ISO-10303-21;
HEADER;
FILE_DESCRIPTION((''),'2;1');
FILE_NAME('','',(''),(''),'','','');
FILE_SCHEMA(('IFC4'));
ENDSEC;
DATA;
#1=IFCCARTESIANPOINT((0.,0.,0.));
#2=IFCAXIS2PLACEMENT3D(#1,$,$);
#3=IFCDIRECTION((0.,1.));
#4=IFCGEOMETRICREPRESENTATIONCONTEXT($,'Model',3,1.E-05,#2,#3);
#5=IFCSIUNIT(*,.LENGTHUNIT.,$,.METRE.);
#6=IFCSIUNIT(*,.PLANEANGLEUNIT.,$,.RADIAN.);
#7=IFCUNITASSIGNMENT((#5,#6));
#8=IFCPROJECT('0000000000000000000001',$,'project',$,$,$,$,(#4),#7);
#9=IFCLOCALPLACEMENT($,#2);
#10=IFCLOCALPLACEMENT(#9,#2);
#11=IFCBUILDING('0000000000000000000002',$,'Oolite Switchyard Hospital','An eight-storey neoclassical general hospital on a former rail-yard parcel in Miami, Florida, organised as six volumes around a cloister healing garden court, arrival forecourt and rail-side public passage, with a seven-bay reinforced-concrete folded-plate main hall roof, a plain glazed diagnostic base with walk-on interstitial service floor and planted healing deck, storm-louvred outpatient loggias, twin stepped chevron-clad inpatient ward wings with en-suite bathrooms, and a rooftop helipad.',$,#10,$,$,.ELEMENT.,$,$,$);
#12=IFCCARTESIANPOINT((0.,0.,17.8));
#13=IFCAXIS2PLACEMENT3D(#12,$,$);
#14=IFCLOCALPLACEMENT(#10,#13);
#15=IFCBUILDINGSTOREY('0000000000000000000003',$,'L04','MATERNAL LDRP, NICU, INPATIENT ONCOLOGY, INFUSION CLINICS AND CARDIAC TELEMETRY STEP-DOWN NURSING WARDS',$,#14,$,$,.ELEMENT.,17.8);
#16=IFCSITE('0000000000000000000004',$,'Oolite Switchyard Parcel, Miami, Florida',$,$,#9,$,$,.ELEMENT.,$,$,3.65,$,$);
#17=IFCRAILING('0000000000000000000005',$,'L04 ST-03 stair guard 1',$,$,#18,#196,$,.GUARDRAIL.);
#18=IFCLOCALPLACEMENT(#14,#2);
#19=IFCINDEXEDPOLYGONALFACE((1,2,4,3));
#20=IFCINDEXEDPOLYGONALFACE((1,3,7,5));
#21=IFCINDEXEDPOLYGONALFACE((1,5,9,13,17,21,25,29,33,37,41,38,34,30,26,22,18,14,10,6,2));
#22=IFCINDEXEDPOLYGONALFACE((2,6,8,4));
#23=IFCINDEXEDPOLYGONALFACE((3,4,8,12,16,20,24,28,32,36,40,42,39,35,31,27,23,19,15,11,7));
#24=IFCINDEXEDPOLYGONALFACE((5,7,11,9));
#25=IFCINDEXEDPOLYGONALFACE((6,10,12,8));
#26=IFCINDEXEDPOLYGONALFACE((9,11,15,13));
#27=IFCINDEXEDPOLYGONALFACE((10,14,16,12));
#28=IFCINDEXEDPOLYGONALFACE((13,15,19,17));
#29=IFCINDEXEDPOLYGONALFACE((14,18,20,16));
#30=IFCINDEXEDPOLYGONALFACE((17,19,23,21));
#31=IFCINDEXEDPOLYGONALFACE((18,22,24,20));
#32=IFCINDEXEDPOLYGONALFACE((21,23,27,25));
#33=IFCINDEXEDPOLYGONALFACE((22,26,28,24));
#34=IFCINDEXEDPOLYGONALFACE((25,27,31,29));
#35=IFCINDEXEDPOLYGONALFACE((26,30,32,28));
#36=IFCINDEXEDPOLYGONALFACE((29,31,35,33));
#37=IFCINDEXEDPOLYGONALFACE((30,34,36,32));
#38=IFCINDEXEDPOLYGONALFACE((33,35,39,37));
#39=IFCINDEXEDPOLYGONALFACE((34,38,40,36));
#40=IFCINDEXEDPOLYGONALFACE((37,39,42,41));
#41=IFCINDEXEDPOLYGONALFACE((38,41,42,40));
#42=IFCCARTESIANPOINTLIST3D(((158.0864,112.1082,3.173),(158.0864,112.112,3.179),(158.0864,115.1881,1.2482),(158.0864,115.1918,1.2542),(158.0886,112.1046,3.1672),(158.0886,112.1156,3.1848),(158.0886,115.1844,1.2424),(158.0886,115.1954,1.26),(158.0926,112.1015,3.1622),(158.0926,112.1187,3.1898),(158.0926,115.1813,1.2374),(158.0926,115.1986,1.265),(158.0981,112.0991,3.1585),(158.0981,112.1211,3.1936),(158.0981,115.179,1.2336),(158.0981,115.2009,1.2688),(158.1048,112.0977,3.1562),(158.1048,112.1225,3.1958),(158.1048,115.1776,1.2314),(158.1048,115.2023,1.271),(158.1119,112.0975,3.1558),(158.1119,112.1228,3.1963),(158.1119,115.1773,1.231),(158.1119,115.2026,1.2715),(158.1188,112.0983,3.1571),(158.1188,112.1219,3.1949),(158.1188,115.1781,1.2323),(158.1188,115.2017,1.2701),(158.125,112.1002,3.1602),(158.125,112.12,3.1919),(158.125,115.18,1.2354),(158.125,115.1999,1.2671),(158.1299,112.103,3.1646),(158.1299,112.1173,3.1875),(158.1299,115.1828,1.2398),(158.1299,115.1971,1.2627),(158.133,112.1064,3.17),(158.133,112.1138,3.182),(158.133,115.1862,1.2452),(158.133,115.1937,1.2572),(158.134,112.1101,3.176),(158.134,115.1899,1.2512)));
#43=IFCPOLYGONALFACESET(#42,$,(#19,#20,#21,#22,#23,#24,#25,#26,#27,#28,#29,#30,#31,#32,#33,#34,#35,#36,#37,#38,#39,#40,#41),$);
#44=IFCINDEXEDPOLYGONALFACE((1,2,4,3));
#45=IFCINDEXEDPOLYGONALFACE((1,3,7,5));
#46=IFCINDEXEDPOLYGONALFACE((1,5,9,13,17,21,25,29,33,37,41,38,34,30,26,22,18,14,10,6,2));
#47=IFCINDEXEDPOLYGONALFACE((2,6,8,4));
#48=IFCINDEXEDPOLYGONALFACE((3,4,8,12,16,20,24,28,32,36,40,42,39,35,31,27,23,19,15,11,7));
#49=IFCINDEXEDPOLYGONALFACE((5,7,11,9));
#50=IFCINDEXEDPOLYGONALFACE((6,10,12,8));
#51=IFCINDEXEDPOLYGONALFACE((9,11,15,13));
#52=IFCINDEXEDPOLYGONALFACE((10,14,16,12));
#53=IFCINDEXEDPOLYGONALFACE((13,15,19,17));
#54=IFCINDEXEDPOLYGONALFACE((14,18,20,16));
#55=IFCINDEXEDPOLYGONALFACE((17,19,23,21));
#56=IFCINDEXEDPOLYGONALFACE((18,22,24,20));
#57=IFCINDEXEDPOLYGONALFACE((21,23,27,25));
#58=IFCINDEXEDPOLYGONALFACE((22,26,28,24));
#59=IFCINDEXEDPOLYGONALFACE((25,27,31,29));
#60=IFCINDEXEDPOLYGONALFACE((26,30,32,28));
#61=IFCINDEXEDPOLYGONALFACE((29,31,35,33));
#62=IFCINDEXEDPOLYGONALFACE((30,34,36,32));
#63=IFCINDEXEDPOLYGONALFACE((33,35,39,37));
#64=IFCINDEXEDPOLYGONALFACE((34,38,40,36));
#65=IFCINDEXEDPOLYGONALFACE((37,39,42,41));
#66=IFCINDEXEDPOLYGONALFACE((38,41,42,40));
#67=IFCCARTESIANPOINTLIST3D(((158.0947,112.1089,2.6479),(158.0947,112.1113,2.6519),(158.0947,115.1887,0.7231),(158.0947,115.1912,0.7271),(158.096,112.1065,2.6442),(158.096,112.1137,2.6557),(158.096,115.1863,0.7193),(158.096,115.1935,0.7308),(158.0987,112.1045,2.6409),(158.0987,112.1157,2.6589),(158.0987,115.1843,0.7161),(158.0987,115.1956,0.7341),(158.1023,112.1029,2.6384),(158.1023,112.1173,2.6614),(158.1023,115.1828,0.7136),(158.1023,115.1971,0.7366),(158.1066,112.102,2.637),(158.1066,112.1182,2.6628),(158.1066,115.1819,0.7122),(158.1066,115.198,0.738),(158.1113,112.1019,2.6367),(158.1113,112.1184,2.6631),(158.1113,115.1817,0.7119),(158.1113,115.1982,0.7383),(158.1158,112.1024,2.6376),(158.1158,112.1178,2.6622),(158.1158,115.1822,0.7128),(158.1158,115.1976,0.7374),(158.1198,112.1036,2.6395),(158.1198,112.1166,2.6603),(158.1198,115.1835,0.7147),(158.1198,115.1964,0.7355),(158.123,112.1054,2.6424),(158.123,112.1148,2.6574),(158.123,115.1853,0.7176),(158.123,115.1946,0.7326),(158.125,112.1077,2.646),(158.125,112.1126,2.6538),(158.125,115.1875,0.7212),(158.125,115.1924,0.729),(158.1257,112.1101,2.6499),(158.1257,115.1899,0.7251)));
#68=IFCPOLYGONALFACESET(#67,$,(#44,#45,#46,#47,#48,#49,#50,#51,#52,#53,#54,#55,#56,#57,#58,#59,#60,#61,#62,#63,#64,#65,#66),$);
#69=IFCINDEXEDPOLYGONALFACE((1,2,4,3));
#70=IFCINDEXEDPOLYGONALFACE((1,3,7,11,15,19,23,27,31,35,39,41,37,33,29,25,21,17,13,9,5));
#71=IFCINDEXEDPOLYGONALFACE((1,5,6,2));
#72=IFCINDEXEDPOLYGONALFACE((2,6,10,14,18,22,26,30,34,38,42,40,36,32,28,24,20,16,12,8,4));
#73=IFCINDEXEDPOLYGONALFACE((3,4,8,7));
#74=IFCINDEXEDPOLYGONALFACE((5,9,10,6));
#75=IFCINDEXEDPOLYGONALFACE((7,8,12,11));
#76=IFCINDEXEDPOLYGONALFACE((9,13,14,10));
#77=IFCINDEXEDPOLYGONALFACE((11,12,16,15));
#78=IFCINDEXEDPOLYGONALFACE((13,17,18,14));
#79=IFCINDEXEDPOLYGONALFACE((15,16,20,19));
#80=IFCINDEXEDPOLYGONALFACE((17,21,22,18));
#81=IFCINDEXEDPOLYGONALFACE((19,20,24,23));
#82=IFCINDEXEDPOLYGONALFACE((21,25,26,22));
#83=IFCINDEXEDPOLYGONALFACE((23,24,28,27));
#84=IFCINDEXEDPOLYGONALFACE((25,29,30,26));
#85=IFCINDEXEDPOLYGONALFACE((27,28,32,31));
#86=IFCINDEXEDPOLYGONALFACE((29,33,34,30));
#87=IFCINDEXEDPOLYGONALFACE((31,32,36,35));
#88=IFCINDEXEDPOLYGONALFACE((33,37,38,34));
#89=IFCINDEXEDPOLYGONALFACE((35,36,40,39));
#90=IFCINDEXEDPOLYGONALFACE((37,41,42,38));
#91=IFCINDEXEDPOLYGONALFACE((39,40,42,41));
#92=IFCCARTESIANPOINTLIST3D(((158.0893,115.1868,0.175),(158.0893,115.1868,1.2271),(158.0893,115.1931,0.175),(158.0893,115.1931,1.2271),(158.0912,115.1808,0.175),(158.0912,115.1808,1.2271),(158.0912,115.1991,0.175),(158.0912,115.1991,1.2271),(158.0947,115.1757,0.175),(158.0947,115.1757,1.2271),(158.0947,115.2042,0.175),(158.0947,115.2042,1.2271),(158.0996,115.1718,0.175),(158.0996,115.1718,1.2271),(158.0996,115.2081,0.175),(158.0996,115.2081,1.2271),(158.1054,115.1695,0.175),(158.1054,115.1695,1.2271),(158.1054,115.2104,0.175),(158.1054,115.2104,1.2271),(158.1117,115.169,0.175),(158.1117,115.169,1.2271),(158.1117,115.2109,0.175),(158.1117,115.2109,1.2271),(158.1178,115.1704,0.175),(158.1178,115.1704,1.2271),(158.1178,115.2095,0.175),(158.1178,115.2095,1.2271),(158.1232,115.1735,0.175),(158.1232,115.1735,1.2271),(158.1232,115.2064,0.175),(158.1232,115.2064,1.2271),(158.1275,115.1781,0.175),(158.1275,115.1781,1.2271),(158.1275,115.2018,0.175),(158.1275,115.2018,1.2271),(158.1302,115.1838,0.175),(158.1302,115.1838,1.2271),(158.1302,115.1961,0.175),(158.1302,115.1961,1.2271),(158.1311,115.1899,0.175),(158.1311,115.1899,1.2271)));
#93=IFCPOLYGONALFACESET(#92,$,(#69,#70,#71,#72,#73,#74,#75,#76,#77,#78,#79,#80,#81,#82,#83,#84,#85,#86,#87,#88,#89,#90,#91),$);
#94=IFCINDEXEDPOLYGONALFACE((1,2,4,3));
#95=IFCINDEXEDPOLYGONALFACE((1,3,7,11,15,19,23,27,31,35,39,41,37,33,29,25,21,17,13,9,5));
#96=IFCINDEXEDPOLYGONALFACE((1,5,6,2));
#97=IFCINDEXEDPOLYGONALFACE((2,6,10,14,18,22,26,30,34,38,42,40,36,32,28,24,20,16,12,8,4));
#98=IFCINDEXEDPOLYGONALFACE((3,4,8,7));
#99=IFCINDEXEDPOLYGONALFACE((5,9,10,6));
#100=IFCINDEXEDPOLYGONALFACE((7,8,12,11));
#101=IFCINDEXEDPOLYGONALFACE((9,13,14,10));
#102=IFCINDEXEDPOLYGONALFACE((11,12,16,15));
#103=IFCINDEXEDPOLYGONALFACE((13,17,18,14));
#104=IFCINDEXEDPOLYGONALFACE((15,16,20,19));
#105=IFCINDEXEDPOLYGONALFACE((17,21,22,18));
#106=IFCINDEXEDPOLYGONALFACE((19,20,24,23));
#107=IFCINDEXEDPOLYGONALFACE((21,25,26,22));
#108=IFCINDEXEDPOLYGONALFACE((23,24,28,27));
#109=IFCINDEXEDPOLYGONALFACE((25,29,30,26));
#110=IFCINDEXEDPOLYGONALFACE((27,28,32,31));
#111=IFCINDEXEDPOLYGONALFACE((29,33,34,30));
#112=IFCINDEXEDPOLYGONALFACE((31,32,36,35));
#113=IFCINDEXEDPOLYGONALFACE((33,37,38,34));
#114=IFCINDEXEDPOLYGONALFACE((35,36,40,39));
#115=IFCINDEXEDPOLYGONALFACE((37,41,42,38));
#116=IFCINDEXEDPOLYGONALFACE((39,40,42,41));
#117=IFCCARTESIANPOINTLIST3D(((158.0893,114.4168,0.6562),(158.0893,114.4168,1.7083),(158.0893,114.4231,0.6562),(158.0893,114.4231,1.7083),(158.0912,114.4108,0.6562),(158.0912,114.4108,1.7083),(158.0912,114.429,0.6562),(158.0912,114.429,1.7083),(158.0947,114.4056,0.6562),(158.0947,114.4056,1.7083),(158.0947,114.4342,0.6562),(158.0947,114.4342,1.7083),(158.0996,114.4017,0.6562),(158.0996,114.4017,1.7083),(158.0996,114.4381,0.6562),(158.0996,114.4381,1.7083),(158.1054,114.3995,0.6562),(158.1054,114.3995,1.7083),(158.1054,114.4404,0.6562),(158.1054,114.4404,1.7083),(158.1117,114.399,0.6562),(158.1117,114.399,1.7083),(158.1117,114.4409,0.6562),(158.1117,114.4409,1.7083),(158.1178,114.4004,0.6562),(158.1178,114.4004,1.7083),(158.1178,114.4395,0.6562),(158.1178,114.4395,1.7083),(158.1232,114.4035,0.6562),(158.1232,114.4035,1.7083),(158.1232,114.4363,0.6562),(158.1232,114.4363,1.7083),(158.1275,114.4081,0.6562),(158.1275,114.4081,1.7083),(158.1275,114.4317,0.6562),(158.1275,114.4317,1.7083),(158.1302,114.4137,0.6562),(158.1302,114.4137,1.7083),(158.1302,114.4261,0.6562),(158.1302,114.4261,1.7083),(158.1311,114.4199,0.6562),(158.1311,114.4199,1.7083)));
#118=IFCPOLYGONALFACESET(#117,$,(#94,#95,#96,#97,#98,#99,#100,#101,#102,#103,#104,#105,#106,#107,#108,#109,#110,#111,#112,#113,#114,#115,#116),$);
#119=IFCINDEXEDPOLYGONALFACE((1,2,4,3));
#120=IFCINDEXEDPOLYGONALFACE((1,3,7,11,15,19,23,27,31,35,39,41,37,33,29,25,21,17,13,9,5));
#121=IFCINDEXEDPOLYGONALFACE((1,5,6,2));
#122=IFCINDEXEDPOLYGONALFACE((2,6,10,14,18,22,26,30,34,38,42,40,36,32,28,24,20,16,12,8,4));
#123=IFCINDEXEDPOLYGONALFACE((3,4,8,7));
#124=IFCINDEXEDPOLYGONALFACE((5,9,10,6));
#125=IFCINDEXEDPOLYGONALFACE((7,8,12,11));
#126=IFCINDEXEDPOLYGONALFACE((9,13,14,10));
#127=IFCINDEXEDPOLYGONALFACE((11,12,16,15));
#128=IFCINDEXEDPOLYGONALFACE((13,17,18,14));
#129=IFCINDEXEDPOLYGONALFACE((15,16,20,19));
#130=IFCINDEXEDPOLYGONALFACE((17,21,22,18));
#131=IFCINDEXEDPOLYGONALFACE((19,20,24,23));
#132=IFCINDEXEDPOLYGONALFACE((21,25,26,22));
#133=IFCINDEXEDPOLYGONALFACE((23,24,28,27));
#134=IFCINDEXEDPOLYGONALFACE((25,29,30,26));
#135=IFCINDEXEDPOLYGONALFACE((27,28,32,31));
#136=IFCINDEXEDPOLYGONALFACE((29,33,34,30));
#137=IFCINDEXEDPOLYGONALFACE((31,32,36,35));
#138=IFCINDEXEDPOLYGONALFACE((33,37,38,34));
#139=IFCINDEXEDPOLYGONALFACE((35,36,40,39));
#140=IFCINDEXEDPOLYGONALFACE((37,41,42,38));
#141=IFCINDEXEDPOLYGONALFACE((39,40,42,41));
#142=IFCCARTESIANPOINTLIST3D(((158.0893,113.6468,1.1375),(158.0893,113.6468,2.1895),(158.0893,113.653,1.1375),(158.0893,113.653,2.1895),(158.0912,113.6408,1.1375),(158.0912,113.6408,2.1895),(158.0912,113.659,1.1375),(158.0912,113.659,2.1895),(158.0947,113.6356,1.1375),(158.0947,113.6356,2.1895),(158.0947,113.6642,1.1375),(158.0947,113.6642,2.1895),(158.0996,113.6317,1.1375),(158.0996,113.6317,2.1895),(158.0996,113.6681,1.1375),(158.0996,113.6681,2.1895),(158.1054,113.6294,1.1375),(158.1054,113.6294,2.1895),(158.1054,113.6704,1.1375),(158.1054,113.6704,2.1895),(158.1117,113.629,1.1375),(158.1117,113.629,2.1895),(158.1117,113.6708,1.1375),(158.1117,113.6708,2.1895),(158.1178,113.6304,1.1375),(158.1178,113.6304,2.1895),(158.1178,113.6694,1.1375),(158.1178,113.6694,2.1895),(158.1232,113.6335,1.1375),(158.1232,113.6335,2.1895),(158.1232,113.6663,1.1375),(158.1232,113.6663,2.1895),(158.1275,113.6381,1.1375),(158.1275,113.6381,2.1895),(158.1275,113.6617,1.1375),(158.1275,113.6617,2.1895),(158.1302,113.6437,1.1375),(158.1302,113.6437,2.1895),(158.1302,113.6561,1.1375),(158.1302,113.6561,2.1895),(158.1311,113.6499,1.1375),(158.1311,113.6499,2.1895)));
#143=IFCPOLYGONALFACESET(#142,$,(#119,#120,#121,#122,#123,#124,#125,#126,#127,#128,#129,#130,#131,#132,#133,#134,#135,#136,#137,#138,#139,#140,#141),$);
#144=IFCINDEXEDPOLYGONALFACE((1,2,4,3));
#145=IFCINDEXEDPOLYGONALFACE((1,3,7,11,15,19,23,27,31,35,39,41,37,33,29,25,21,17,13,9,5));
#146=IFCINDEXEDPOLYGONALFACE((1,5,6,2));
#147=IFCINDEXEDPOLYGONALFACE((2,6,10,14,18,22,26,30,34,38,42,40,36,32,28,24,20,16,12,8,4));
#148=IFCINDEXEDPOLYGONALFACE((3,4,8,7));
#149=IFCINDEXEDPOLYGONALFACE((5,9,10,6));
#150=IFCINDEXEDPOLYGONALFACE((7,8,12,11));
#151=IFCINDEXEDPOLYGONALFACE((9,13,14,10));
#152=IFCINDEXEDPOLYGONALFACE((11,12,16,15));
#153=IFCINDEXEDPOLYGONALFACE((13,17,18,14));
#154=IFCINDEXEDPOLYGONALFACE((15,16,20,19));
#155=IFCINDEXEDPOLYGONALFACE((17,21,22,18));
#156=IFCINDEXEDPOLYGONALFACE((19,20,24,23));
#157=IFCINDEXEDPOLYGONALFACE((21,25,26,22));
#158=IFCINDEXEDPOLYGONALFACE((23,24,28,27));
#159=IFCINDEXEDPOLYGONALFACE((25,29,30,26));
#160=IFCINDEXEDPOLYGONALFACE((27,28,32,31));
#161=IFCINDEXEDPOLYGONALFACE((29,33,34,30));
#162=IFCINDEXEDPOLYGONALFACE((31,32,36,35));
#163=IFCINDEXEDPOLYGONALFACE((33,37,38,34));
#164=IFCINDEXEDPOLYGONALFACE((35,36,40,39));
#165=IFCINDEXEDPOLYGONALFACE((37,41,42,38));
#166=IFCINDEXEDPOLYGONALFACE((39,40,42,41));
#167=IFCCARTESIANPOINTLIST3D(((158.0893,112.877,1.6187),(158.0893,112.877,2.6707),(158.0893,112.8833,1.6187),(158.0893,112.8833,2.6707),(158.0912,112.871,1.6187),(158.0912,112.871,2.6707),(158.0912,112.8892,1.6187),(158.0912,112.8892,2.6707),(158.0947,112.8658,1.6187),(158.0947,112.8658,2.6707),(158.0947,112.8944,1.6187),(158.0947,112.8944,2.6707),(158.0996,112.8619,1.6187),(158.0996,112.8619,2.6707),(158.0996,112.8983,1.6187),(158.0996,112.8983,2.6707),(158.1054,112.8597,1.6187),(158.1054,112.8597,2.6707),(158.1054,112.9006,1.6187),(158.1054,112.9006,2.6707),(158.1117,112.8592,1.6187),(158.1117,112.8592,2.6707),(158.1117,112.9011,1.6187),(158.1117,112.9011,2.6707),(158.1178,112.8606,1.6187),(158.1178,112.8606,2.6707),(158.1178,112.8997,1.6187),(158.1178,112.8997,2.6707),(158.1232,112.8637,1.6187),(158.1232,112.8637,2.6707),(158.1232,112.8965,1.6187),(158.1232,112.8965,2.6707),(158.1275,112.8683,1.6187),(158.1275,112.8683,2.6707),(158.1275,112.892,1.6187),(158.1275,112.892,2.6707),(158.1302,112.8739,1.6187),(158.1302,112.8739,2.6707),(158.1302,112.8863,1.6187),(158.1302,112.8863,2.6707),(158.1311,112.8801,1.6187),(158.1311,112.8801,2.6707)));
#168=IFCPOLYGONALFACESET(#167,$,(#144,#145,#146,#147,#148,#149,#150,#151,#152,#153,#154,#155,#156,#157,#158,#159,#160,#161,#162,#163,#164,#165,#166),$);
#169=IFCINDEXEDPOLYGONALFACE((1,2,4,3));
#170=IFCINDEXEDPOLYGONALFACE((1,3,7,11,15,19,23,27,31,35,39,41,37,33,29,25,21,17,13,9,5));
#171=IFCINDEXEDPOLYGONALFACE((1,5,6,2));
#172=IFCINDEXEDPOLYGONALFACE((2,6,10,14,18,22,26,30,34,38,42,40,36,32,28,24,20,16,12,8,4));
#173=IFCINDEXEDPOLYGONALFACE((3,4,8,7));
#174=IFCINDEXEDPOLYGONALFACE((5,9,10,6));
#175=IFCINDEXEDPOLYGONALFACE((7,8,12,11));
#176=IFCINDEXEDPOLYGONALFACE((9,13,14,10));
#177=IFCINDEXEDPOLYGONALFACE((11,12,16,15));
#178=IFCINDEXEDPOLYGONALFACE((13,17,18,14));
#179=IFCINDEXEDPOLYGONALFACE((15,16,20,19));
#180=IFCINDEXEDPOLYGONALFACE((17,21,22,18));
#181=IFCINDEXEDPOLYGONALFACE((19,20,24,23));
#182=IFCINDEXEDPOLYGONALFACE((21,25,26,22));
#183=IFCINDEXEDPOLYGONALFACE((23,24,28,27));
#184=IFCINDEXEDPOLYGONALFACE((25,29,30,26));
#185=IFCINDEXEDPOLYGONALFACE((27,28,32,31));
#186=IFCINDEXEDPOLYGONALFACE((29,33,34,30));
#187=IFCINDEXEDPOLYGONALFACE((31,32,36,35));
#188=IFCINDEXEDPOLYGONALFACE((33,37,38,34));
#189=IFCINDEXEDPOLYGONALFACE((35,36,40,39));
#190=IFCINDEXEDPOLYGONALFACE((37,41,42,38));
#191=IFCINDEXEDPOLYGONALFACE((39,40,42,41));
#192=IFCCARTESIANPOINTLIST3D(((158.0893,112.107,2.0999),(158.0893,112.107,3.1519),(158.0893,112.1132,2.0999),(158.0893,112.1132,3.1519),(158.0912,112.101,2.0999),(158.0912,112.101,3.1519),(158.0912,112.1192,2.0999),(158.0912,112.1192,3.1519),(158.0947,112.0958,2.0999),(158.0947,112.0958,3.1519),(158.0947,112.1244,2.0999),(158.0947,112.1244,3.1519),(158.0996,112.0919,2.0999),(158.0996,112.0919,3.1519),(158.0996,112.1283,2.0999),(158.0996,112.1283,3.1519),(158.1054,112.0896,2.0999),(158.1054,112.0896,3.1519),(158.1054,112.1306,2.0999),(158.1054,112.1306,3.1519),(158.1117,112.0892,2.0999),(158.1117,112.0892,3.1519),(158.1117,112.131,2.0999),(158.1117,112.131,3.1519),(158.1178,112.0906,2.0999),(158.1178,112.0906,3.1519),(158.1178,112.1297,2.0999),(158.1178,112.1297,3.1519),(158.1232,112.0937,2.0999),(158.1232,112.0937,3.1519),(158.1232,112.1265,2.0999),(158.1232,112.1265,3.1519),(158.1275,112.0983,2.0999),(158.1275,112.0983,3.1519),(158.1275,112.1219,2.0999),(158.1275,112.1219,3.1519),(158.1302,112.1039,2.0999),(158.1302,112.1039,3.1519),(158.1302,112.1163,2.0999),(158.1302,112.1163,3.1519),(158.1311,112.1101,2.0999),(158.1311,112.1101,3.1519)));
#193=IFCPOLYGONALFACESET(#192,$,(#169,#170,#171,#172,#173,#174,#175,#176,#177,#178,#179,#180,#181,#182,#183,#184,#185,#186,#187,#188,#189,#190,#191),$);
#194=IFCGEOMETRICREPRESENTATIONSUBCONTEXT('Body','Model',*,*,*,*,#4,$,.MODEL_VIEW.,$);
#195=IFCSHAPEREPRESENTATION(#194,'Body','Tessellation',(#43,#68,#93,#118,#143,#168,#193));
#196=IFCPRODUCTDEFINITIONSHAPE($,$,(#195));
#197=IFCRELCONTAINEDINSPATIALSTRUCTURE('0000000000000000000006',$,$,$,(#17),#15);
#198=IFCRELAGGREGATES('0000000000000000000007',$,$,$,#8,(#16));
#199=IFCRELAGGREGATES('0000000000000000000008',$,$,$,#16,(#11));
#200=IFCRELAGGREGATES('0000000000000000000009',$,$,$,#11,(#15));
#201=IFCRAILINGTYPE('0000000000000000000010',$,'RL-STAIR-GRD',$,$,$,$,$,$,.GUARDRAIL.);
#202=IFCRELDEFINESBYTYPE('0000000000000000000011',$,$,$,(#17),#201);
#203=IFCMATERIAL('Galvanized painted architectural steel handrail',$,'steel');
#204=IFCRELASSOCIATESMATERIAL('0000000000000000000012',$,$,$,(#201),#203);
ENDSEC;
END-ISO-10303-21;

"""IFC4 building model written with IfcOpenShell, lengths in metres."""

from ifc_helpers import new_model, si_unit, direction, frame, origin, origin_2d, place, context, subcontext, project, spatial, circle, extrude, material, type_object, element, save


model = new_model("IFC4")

# Units and contexts
model_context = context("Model", 3, precision=1e-05, world=origin(), true_north=direction((0.0, 1.0)))
body_context = subcontext(model_context, "Body", "Model", "MODEL_VIEW")
ifc_project = project(units=[si_unit("LENGTHUNIT", "METRE"), si_unit("PLANEANGLEUNIT", "RADIAN")], contexts=[model_context])

# Site, building, storey
site_placement = place(None, origin())
site = spatial("IfcSite", under=ifc_project, at=site_placement, Name="Oolite Switchyard Parcel, Miami, Florida", CompositionType="ELEMENT", RefElevation=3.65)
building_placement = place(site_placement, origin())
building = spatial("IfcBuilding", under=site, at=building_placement, Name="Oolite Switchyard Hospital", Description="An eight-storey neoclassical general hospital on a former rail-yard parcel in Miami, Florida, organised as six volumes around a cloister healing garden court, arrival forecourt and rail-side public passage, with a seven-bay reinforced-concrete folded-plate main hall roof, a plain glazed diagnostic base with walk-on interstitial service floor and planted healing deck, storm-louvred outpatient loggias, twin stepped chevron-clad inpatient ward wings with en-suite bathrooms, and a rooftop helipad.", CompositionType="ELEMENT")
storey_placement = place(building_placement, frame((0.0, 0.0, 17.8)))
storey = spatial("IfcBuildingStorey", under=building, at=storey_placement, Name="L04", Description="MATERNAL LDRP, NICU, INPATIENT ONCOLOGY, INFUSION CLINICS AND CARDIAC TELEMETRY STEP-DOWN NURSING WARDS", CompositionType="ELEMENT", Elevation=17.8)

# Railing
ifc_material_1 = material(Name="Galvanized painted architectural steel handrail", Category="steel")
railing_type_1 = type_object("IfcRailingType", Name="RL-STAIR-GRD", PredefinedType="GUARDRAIL", material=ifc_material_1)
railing_1_placement = place(storey_placement, frame((158.1101, 115.1899, 0.175)))
element("IfcRailing", 1, at=railing_1_placement, inside=storey, type_object=railing_type_1, Name="L04 ST-03 stair guard 1", PredefinedType="GUARDRAIL", context=body_context, shape_type="SweptSolid", body=[
    extrude(circle(Radius=0.0239, at=origin_2d()), frame((0.0, 0.0, 1.0762), z_axis=(0.0, -0.84801, 0.529981), x_axis=(1.0, 0.0, 0.0)), (0.0, 0.0, 1.0), 3.6318),
    extrude(circle(Radius=0.0156, at=origin_2d()), frame((0.0, 0.0, 0.55), z_axis=(0.0, -0.84801, 0.529981), x_axis=(1.0, 0.0, 0.0)), (0.0, 0.0, 1.0), 3.6318),
    extrude(circle(Radius=0.021, at=origin_2d()), origin(), (0.0, 0.0, 1.0), 1.052),
    extrude(circle(Radius=0.021, at=origin_2d()), frame((0.0, -0.77, 0.4812)), (0.0, 0.0, 1.0), 1.052),
    extrude(circle(Radius=0.021, at=origin_2d()), frame((0.0, -1.54, 0.9624)), (0.0, 0.0, 1.0), 1.052),
    extrude(circle(Radius=0.021, at=origin_2d()), frame((0.0, -2.3098, 1.4436)), (0.0, 0.0, 1.0), 1.052),
    extrude(circle(Radius=0.021, at=origin_2d()), frame((0.0, -3.0798, 1.9248)), (0.0, 0.0, 1.0), 1.052),
])

save(model, "model.ifc")
